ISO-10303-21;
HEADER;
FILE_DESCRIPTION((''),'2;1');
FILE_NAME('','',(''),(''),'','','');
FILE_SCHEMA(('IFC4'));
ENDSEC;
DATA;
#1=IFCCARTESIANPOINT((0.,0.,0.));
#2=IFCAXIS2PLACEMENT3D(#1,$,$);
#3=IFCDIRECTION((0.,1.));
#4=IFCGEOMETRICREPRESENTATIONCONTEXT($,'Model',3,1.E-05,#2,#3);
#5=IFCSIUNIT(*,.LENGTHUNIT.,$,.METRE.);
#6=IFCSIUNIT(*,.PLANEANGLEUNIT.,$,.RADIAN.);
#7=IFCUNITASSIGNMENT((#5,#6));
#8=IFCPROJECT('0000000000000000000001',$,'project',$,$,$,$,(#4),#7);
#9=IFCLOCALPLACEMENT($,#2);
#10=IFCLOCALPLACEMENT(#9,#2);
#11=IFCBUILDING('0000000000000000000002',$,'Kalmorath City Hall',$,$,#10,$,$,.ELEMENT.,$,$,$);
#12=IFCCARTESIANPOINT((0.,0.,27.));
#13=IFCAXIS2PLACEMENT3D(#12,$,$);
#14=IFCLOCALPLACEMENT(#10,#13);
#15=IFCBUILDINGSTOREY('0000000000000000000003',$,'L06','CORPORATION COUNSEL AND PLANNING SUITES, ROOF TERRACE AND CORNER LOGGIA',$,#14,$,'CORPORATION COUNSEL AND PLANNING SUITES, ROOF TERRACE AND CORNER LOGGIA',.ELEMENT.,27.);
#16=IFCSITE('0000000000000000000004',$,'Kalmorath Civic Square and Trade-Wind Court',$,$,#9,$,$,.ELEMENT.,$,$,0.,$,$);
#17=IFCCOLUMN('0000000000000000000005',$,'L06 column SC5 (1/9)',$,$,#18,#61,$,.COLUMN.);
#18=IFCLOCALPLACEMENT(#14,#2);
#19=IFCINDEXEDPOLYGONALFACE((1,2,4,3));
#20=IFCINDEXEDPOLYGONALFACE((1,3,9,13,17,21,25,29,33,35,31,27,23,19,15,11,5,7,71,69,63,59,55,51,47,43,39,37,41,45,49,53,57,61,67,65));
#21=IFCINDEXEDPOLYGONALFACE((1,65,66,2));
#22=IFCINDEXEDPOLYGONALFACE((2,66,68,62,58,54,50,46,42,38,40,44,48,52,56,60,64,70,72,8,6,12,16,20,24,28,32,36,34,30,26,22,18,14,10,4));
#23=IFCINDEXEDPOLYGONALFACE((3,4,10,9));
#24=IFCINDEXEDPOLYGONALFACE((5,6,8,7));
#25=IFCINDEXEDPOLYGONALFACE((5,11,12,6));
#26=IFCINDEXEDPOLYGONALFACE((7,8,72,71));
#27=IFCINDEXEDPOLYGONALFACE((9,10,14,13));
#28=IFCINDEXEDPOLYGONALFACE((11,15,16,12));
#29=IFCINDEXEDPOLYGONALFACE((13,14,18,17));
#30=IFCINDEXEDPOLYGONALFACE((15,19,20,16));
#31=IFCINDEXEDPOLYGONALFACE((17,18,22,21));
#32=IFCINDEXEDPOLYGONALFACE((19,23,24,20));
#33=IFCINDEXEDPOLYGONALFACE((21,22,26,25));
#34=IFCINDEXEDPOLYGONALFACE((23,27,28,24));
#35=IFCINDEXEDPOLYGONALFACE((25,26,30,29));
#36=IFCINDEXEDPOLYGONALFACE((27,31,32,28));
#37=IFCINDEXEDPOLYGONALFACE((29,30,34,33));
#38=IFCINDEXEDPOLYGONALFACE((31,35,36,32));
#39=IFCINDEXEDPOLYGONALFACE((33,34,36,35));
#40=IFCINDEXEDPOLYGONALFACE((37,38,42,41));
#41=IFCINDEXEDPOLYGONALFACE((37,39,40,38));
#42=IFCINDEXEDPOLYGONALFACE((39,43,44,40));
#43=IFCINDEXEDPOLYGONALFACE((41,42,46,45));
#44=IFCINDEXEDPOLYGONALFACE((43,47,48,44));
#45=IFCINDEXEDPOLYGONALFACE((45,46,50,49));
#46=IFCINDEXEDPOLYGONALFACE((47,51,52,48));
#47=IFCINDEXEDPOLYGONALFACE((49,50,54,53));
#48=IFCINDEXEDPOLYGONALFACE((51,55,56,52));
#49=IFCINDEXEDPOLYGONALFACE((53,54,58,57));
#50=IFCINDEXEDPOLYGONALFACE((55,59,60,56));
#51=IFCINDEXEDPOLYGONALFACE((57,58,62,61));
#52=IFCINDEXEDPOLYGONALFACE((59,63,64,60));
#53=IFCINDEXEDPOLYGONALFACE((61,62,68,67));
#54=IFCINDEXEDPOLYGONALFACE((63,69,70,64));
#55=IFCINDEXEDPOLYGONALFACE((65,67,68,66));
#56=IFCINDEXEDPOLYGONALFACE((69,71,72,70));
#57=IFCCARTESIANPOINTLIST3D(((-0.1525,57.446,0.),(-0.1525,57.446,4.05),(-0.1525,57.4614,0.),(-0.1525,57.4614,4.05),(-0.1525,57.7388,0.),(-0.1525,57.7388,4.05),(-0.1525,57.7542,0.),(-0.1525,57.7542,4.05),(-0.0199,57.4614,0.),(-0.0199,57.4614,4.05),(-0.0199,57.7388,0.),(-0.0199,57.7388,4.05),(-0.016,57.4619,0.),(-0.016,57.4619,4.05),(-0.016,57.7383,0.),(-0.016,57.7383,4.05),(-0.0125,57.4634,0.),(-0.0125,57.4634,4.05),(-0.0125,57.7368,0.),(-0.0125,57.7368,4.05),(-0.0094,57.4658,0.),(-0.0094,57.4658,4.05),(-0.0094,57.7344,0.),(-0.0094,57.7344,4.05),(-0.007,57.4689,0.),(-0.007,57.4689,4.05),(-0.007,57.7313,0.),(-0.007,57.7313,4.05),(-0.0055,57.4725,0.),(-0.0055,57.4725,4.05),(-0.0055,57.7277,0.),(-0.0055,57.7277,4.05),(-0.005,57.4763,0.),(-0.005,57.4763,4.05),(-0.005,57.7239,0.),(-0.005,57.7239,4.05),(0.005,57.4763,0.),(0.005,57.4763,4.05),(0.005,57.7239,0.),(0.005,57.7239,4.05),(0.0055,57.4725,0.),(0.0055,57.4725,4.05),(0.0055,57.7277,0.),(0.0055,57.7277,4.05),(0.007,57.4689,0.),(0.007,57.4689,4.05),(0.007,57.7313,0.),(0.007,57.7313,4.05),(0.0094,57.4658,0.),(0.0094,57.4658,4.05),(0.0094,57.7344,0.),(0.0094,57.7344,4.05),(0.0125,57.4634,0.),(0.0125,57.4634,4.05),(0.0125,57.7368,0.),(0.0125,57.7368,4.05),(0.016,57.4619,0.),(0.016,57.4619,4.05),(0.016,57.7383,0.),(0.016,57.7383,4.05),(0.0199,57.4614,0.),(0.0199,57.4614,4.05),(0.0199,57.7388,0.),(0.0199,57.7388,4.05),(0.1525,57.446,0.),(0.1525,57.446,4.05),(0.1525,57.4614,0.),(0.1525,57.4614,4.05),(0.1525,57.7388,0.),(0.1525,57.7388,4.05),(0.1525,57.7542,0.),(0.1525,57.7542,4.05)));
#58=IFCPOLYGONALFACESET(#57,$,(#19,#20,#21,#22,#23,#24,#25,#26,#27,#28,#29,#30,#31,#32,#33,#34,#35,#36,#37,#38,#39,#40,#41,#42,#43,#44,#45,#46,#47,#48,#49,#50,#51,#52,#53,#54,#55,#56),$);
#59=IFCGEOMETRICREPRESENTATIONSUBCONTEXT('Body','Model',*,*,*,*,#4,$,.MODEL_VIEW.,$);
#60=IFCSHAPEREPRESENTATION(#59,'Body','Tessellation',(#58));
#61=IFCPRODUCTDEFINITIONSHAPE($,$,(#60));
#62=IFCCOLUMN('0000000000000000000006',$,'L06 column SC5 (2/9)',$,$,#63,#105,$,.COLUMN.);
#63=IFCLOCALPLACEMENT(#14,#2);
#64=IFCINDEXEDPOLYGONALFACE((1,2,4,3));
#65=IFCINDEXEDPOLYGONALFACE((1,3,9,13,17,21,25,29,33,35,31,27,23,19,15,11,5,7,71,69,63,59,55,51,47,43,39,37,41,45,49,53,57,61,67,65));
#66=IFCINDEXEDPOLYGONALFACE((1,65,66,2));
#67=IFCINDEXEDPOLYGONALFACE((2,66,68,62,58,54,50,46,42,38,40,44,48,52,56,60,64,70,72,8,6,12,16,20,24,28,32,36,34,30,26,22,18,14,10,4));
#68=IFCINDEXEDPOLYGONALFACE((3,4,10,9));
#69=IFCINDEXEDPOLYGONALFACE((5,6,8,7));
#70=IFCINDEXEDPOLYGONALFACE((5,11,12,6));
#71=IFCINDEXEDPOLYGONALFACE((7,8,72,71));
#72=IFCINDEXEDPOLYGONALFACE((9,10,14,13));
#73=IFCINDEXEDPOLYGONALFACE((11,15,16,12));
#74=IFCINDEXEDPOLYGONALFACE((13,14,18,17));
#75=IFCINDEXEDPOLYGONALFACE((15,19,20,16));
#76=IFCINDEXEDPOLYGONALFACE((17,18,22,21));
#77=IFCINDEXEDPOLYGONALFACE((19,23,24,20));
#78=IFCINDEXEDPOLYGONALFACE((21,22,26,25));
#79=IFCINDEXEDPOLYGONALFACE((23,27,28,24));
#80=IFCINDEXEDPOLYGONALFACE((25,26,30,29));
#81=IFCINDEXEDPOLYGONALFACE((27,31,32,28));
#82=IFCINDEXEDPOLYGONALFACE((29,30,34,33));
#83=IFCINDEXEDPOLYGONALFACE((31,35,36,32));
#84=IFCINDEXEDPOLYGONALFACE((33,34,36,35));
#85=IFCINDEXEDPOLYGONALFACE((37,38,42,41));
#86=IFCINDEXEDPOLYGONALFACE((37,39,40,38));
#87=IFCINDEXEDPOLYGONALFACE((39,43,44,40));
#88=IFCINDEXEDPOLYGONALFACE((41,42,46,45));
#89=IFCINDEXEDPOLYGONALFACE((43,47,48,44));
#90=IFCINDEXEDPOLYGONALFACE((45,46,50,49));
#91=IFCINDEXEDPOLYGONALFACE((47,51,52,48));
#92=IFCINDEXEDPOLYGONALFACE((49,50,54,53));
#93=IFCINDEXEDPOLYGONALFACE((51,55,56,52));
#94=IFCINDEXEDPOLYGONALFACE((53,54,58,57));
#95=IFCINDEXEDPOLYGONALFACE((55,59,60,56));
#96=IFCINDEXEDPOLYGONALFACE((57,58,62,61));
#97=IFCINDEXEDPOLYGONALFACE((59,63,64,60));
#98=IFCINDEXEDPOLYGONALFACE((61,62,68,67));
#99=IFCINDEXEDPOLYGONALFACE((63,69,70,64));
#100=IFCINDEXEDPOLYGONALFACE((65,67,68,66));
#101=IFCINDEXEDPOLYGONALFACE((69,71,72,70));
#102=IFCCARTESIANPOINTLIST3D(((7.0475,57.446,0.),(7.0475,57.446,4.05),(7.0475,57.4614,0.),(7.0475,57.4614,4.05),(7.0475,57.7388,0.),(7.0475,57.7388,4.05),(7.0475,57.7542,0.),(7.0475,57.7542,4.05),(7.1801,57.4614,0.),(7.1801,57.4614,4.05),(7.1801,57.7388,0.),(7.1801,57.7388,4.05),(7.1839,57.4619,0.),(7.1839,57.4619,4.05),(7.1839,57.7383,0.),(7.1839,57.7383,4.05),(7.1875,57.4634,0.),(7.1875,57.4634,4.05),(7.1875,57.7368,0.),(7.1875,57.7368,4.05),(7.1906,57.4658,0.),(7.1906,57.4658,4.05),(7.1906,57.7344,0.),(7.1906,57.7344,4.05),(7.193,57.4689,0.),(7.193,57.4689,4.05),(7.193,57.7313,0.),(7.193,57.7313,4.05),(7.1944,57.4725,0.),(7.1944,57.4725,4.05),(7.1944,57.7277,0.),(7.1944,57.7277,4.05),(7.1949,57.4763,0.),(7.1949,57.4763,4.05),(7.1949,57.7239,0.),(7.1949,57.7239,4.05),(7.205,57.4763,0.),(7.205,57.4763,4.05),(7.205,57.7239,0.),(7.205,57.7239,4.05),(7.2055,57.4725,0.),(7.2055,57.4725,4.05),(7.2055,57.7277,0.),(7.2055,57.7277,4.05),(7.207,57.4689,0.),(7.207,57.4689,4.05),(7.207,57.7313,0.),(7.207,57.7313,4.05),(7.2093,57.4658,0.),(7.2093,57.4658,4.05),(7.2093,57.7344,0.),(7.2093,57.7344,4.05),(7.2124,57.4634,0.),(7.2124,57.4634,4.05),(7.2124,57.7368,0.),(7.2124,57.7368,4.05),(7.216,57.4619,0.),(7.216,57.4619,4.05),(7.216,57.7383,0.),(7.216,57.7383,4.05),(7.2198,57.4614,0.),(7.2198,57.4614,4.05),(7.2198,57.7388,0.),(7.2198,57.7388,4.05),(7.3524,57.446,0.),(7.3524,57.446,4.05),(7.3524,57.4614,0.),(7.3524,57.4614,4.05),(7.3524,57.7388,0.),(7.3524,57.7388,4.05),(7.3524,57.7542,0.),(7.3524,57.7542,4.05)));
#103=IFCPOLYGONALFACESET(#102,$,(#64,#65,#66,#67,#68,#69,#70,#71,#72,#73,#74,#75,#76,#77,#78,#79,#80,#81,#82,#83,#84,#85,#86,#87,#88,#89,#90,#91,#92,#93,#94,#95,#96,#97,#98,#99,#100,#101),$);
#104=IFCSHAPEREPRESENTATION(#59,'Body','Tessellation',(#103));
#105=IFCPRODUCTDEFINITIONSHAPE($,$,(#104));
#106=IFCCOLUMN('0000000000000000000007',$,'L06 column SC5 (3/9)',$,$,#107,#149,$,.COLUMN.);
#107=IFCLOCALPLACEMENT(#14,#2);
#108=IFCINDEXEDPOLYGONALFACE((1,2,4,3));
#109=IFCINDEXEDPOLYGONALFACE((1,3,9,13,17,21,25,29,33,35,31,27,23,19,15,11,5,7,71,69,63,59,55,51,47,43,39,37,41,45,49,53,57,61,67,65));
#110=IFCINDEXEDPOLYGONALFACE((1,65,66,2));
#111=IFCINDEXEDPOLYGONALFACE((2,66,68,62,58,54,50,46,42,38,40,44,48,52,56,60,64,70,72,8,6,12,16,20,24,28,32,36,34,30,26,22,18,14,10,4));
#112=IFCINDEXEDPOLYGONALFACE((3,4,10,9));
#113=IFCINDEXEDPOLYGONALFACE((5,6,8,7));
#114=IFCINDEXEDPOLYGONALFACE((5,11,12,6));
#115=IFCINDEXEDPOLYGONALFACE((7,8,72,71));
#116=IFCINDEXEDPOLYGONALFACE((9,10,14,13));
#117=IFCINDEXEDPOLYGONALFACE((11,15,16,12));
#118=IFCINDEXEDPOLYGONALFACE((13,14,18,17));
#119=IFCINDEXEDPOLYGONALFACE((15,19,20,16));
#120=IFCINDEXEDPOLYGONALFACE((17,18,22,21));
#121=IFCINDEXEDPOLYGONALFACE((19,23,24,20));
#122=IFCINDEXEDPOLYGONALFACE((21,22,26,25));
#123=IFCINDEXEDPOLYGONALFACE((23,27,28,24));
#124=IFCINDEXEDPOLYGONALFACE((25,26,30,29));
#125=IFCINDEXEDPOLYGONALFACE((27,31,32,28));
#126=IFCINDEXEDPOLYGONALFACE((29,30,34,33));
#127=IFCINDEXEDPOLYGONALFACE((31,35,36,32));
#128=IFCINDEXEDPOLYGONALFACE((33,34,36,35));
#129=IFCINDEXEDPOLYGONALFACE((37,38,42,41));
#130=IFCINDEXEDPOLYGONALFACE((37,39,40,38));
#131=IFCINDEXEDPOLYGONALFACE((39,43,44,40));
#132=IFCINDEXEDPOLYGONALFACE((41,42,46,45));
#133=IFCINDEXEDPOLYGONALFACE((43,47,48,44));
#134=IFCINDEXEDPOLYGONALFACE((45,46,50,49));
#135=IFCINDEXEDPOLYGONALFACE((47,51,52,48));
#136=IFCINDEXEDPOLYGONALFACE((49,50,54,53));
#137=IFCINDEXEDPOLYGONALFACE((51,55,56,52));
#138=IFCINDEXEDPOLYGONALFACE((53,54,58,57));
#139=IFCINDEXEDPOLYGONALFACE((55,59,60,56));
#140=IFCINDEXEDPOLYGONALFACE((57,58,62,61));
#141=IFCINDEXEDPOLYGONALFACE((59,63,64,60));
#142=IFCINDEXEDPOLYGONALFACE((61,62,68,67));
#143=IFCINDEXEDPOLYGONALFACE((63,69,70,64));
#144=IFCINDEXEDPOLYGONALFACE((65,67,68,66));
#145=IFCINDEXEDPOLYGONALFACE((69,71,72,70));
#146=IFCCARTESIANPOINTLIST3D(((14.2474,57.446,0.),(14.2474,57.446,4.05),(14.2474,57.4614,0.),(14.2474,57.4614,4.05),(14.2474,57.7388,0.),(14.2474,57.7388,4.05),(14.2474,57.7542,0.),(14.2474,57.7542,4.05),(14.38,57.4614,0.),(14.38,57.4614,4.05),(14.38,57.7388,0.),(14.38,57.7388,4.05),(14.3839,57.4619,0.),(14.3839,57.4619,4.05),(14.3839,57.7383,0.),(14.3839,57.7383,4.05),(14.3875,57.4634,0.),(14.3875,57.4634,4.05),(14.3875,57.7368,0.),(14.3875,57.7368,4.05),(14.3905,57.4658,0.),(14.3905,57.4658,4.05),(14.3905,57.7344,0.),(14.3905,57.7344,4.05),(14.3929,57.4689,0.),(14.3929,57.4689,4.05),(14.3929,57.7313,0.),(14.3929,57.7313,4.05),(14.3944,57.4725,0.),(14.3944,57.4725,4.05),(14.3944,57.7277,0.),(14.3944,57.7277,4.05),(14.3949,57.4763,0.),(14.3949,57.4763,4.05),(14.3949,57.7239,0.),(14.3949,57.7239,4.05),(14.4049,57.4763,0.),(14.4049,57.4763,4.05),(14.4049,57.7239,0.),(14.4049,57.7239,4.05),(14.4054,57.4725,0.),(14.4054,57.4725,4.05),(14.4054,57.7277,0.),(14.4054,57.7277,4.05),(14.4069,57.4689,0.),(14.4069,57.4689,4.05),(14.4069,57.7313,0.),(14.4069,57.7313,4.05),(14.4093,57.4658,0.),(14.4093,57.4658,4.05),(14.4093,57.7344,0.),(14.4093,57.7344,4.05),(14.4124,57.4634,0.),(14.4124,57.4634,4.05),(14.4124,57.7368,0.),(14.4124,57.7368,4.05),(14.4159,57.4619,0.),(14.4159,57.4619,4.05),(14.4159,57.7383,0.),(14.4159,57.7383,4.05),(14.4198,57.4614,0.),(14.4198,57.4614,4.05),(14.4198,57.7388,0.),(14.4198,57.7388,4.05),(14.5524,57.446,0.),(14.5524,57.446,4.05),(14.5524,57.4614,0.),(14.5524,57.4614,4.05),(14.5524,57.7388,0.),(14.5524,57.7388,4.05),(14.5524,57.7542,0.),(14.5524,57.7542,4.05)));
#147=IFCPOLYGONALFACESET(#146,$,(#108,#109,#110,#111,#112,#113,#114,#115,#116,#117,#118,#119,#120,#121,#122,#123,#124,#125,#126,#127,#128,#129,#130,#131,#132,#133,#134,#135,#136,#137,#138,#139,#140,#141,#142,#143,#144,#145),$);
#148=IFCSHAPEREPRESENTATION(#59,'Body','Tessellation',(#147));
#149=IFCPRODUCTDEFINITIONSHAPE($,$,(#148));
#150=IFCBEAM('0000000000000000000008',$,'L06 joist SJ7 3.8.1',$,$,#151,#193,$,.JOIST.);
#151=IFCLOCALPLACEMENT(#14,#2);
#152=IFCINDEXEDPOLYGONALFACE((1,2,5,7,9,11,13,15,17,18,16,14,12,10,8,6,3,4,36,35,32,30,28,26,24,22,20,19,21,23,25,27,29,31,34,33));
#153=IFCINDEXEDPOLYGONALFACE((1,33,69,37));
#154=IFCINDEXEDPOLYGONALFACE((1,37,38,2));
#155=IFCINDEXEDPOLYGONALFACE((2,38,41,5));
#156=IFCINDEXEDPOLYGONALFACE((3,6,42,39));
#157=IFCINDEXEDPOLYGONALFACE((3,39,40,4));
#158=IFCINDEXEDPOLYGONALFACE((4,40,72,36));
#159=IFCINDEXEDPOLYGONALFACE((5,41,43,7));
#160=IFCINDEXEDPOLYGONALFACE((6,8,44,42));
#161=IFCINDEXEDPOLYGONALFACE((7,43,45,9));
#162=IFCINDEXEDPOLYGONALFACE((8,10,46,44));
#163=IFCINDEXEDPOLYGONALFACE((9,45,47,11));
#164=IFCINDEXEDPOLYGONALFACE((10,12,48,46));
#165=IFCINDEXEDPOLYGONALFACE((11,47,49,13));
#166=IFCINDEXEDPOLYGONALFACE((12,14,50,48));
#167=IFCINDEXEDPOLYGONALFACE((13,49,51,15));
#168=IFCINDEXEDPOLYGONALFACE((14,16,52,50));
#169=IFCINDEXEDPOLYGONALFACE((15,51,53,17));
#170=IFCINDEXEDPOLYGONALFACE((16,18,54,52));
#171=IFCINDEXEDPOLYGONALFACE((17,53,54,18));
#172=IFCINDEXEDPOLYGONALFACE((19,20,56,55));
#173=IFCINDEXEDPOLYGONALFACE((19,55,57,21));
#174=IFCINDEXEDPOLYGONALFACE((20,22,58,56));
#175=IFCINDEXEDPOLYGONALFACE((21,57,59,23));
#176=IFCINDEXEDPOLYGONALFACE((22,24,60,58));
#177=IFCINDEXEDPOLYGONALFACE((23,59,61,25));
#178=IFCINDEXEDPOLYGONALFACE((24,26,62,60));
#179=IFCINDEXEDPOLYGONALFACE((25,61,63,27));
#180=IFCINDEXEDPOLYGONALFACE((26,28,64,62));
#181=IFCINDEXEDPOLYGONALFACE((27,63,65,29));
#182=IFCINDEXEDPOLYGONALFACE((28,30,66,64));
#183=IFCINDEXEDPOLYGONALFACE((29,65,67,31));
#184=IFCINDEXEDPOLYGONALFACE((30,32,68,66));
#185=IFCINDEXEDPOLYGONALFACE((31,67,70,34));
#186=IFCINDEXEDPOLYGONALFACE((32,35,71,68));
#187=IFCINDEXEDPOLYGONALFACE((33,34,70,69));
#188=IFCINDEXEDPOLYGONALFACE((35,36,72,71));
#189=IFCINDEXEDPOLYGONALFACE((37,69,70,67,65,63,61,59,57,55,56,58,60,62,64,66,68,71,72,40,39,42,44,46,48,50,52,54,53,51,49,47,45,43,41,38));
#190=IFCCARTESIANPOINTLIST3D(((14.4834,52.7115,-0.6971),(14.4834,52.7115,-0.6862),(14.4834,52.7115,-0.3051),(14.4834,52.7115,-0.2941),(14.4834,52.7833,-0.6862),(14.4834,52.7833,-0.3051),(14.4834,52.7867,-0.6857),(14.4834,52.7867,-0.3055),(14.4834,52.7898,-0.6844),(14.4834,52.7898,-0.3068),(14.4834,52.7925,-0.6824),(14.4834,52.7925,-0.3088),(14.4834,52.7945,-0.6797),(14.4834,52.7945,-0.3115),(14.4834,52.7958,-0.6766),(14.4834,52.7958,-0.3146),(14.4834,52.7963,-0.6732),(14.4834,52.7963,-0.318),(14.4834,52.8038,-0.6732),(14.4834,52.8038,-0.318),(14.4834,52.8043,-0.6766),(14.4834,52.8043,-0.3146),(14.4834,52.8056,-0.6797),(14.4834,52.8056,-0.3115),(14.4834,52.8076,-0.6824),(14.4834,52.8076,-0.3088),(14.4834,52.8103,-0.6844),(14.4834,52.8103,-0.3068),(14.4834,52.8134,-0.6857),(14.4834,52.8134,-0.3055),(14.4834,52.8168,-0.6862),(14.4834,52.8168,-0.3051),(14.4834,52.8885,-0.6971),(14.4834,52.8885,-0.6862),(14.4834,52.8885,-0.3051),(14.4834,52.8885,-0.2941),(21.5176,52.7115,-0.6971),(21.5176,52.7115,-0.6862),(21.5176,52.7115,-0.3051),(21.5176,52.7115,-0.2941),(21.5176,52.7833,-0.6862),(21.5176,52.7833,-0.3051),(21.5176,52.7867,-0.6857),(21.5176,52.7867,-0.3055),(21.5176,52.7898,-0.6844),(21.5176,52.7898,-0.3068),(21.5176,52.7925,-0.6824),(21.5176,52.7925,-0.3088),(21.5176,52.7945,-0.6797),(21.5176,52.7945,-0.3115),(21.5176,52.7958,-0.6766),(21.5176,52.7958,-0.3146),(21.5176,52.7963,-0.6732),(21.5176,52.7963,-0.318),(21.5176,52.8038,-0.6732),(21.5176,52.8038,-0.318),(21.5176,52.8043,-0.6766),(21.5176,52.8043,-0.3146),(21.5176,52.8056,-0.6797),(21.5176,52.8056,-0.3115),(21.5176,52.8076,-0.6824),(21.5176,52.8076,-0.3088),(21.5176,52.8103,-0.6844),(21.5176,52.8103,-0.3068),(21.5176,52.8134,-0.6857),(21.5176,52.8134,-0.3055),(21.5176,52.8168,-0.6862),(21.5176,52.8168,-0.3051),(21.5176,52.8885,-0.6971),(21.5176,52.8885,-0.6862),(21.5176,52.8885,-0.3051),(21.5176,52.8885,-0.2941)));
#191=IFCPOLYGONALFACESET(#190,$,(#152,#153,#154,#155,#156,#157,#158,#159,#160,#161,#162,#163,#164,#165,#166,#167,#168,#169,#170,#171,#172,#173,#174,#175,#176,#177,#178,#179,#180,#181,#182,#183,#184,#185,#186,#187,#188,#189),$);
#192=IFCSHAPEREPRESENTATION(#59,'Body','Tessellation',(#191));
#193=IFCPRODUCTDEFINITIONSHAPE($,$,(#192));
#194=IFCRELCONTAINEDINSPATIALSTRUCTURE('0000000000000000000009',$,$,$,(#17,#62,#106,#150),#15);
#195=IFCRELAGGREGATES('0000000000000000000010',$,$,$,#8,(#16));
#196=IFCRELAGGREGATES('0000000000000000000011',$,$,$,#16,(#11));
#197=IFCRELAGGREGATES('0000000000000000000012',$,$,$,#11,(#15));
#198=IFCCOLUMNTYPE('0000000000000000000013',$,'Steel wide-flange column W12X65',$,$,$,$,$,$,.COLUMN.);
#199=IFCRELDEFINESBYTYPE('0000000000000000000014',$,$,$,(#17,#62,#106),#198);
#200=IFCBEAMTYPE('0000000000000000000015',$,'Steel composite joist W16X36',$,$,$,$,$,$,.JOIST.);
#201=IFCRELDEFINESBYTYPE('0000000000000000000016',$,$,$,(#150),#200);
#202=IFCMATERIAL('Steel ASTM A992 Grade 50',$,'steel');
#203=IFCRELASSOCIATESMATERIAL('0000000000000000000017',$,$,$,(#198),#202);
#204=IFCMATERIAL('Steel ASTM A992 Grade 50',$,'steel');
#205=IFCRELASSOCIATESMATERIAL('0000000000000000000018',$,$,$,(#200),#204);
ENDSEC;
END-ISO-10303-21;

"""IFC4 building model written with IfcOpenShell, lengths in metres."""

from ifc_helpers import new_model, si_unit, direction, frame, origin, origin_2d, place, context, subcontext, project, spatial, i_section, extrude, material, material_profile, profile_set, type_object, element, save


model = new_model("IFC4")

# Units and contexts
model_context = context("Model", 3, precision=1e-05, world=origin(), true_north=direction((0.0, 1.0)))
body_context = subcontext(model_context, "Body", "Model", "MODEL_VIEW")
ifc_project = project(units=[si_unit("LENGTHUNIT", "METRE"), si_unit("PLANEANGLEUNIT", "RADIAN")], contexts=[model_context])

# Site, building, storey
site_placement = place(None, origin())
site = spatial("IfcSite", under=ifc_project, at=site_placement, Name="Kalmorath Civic Square and Trade-Wind Court", CompositionType="ELEMENT", RefElevation=0.0)
building_placement = place(site_placement, origin())
building = spatial("IfcBuilding", under=site, at=building_placement, Name="Kalmorath City Hall", CompositionType="ELEMENT")
storey_placement = place(building_placement, frame((0.0, 0.0, 27.0)))
storey = spatial("IfcBuildingStorey", under=building, at=storey_placement, Name="L06", Description="CORPORATION COUNSEL AND PLANNING SUITES, ROOF TERRACE AND CORNER LOGGIA", LongName="CORPORATION COUNSEL AND PLANNING SUITES, ROOF TERRACE AND CORNER LOGGIA", CompositionType="ELEMENT", Elevation=27.0)

# Columns
ifc_material_1 = material(Name="Steel ASTM A992 Grade 50", Category="steel")
ifc_material_profile_1 = material_profile(ifc_material_1, i_section(OverallWidth=0.3049, OverallDepth=0.3081, WebThickness=0.01, FlangeThickness=0.0154, FilletRadius=0.0149, at=origin_2d()), Name="W12X65")
ifc_profile_set_1 = profile_set([ifc_material_profile_1], Name="Steel ASTM A992 Grade 50")
column_type = type_object("IfcColumnType", Name="Steel wide-flange column W12X65", PredefinedType="COLUMN", material=ifc_profile_set_1)
for number, where, z_axis, x_axis, name in (
    (1, (0.0, 57.6001, 0.0), (0.0, 0.0, 1.0), (1.0, 0.0, 0.0), "L06 column SC5 (1/9)"),
    (2, (7.2, 57.6001, 0.0), (0.0, 0.0, 1.0), (1.0, 0.0, 0.0), "L06 column SC5 (2/9)"),
    (3, (14.3999, 57.6001, 0.0), (0.0, 0.0, 1.0), (1.0, 0.0, 0.0), "L06 column SC5 (3/9)"),
):
    element("IfcColumn", number, at=place(storey_placement, frame(where, z_axis=z_axis, x_axis=x_axis)), inside=storey, type_object=column_type, Name=name, PredefinedType="COLUMN", context=body_context, shape_type="SweptSolid", body=[
        extrude(i_section(OverallWidth=0.3049, OverallDepth=0.3081, WebThickness=0.01, FlangeThickness=0.0154, FilletRadius=0.0149, at=origin_2d()), origin(), (0.0, 0.0, 1.0), 4.05),
    ])

# Beam
ifc_material_2 = material(Name="Steel ASTM A992 Grade 50", Category="steel")
ifc_material_profile_2 = material_profile(ifc_material_2, i_section(OverallWidth=0.177, OverallDepth=0.4031, WebThickness=0.0076, FlangeThickness=0.011, FilletRadius=0.0129, at=origin_2d()), Name="W16X36")
ifc_profile_set_2 = profile_set([ifc_material_profile_2], Name="Steel ASTM A992 Grade 50")
beam_type_1 = type_object("IfcBeamType", Name="Steel composite joist W16X36", PredefinedType="JOIST", material=ifc_profile_set_2)
for number, where, z_axis, x_axis, name in (
    (4, (14.4834, 52.8, -0.4956), (1.0, 0.0, 0.0), (0.0, 1.0, 0.0), "L06 joist SJ7 3.8.1"),
):
    element("IfcBeam", number, at=place(storey_placement, frame(where, z_axis=z_axis, x_axis=x_axis)), inside=storey, type_object=beam_type_1, Name=name, PredefinedType="JOIST", context=body_context, shape_type="SweptSolid", body=[
        extrude(i_section(OverallWidth=0.177, OverallDepth=0.4031, WebThickness=0.0076, FlangeThickness=0.011, FilletRadius=0.0129, at=origin_2d()), origin(), (0.0, 0.0, 1.0), 7.0342),
    ])

save(model, "model.ifc")
